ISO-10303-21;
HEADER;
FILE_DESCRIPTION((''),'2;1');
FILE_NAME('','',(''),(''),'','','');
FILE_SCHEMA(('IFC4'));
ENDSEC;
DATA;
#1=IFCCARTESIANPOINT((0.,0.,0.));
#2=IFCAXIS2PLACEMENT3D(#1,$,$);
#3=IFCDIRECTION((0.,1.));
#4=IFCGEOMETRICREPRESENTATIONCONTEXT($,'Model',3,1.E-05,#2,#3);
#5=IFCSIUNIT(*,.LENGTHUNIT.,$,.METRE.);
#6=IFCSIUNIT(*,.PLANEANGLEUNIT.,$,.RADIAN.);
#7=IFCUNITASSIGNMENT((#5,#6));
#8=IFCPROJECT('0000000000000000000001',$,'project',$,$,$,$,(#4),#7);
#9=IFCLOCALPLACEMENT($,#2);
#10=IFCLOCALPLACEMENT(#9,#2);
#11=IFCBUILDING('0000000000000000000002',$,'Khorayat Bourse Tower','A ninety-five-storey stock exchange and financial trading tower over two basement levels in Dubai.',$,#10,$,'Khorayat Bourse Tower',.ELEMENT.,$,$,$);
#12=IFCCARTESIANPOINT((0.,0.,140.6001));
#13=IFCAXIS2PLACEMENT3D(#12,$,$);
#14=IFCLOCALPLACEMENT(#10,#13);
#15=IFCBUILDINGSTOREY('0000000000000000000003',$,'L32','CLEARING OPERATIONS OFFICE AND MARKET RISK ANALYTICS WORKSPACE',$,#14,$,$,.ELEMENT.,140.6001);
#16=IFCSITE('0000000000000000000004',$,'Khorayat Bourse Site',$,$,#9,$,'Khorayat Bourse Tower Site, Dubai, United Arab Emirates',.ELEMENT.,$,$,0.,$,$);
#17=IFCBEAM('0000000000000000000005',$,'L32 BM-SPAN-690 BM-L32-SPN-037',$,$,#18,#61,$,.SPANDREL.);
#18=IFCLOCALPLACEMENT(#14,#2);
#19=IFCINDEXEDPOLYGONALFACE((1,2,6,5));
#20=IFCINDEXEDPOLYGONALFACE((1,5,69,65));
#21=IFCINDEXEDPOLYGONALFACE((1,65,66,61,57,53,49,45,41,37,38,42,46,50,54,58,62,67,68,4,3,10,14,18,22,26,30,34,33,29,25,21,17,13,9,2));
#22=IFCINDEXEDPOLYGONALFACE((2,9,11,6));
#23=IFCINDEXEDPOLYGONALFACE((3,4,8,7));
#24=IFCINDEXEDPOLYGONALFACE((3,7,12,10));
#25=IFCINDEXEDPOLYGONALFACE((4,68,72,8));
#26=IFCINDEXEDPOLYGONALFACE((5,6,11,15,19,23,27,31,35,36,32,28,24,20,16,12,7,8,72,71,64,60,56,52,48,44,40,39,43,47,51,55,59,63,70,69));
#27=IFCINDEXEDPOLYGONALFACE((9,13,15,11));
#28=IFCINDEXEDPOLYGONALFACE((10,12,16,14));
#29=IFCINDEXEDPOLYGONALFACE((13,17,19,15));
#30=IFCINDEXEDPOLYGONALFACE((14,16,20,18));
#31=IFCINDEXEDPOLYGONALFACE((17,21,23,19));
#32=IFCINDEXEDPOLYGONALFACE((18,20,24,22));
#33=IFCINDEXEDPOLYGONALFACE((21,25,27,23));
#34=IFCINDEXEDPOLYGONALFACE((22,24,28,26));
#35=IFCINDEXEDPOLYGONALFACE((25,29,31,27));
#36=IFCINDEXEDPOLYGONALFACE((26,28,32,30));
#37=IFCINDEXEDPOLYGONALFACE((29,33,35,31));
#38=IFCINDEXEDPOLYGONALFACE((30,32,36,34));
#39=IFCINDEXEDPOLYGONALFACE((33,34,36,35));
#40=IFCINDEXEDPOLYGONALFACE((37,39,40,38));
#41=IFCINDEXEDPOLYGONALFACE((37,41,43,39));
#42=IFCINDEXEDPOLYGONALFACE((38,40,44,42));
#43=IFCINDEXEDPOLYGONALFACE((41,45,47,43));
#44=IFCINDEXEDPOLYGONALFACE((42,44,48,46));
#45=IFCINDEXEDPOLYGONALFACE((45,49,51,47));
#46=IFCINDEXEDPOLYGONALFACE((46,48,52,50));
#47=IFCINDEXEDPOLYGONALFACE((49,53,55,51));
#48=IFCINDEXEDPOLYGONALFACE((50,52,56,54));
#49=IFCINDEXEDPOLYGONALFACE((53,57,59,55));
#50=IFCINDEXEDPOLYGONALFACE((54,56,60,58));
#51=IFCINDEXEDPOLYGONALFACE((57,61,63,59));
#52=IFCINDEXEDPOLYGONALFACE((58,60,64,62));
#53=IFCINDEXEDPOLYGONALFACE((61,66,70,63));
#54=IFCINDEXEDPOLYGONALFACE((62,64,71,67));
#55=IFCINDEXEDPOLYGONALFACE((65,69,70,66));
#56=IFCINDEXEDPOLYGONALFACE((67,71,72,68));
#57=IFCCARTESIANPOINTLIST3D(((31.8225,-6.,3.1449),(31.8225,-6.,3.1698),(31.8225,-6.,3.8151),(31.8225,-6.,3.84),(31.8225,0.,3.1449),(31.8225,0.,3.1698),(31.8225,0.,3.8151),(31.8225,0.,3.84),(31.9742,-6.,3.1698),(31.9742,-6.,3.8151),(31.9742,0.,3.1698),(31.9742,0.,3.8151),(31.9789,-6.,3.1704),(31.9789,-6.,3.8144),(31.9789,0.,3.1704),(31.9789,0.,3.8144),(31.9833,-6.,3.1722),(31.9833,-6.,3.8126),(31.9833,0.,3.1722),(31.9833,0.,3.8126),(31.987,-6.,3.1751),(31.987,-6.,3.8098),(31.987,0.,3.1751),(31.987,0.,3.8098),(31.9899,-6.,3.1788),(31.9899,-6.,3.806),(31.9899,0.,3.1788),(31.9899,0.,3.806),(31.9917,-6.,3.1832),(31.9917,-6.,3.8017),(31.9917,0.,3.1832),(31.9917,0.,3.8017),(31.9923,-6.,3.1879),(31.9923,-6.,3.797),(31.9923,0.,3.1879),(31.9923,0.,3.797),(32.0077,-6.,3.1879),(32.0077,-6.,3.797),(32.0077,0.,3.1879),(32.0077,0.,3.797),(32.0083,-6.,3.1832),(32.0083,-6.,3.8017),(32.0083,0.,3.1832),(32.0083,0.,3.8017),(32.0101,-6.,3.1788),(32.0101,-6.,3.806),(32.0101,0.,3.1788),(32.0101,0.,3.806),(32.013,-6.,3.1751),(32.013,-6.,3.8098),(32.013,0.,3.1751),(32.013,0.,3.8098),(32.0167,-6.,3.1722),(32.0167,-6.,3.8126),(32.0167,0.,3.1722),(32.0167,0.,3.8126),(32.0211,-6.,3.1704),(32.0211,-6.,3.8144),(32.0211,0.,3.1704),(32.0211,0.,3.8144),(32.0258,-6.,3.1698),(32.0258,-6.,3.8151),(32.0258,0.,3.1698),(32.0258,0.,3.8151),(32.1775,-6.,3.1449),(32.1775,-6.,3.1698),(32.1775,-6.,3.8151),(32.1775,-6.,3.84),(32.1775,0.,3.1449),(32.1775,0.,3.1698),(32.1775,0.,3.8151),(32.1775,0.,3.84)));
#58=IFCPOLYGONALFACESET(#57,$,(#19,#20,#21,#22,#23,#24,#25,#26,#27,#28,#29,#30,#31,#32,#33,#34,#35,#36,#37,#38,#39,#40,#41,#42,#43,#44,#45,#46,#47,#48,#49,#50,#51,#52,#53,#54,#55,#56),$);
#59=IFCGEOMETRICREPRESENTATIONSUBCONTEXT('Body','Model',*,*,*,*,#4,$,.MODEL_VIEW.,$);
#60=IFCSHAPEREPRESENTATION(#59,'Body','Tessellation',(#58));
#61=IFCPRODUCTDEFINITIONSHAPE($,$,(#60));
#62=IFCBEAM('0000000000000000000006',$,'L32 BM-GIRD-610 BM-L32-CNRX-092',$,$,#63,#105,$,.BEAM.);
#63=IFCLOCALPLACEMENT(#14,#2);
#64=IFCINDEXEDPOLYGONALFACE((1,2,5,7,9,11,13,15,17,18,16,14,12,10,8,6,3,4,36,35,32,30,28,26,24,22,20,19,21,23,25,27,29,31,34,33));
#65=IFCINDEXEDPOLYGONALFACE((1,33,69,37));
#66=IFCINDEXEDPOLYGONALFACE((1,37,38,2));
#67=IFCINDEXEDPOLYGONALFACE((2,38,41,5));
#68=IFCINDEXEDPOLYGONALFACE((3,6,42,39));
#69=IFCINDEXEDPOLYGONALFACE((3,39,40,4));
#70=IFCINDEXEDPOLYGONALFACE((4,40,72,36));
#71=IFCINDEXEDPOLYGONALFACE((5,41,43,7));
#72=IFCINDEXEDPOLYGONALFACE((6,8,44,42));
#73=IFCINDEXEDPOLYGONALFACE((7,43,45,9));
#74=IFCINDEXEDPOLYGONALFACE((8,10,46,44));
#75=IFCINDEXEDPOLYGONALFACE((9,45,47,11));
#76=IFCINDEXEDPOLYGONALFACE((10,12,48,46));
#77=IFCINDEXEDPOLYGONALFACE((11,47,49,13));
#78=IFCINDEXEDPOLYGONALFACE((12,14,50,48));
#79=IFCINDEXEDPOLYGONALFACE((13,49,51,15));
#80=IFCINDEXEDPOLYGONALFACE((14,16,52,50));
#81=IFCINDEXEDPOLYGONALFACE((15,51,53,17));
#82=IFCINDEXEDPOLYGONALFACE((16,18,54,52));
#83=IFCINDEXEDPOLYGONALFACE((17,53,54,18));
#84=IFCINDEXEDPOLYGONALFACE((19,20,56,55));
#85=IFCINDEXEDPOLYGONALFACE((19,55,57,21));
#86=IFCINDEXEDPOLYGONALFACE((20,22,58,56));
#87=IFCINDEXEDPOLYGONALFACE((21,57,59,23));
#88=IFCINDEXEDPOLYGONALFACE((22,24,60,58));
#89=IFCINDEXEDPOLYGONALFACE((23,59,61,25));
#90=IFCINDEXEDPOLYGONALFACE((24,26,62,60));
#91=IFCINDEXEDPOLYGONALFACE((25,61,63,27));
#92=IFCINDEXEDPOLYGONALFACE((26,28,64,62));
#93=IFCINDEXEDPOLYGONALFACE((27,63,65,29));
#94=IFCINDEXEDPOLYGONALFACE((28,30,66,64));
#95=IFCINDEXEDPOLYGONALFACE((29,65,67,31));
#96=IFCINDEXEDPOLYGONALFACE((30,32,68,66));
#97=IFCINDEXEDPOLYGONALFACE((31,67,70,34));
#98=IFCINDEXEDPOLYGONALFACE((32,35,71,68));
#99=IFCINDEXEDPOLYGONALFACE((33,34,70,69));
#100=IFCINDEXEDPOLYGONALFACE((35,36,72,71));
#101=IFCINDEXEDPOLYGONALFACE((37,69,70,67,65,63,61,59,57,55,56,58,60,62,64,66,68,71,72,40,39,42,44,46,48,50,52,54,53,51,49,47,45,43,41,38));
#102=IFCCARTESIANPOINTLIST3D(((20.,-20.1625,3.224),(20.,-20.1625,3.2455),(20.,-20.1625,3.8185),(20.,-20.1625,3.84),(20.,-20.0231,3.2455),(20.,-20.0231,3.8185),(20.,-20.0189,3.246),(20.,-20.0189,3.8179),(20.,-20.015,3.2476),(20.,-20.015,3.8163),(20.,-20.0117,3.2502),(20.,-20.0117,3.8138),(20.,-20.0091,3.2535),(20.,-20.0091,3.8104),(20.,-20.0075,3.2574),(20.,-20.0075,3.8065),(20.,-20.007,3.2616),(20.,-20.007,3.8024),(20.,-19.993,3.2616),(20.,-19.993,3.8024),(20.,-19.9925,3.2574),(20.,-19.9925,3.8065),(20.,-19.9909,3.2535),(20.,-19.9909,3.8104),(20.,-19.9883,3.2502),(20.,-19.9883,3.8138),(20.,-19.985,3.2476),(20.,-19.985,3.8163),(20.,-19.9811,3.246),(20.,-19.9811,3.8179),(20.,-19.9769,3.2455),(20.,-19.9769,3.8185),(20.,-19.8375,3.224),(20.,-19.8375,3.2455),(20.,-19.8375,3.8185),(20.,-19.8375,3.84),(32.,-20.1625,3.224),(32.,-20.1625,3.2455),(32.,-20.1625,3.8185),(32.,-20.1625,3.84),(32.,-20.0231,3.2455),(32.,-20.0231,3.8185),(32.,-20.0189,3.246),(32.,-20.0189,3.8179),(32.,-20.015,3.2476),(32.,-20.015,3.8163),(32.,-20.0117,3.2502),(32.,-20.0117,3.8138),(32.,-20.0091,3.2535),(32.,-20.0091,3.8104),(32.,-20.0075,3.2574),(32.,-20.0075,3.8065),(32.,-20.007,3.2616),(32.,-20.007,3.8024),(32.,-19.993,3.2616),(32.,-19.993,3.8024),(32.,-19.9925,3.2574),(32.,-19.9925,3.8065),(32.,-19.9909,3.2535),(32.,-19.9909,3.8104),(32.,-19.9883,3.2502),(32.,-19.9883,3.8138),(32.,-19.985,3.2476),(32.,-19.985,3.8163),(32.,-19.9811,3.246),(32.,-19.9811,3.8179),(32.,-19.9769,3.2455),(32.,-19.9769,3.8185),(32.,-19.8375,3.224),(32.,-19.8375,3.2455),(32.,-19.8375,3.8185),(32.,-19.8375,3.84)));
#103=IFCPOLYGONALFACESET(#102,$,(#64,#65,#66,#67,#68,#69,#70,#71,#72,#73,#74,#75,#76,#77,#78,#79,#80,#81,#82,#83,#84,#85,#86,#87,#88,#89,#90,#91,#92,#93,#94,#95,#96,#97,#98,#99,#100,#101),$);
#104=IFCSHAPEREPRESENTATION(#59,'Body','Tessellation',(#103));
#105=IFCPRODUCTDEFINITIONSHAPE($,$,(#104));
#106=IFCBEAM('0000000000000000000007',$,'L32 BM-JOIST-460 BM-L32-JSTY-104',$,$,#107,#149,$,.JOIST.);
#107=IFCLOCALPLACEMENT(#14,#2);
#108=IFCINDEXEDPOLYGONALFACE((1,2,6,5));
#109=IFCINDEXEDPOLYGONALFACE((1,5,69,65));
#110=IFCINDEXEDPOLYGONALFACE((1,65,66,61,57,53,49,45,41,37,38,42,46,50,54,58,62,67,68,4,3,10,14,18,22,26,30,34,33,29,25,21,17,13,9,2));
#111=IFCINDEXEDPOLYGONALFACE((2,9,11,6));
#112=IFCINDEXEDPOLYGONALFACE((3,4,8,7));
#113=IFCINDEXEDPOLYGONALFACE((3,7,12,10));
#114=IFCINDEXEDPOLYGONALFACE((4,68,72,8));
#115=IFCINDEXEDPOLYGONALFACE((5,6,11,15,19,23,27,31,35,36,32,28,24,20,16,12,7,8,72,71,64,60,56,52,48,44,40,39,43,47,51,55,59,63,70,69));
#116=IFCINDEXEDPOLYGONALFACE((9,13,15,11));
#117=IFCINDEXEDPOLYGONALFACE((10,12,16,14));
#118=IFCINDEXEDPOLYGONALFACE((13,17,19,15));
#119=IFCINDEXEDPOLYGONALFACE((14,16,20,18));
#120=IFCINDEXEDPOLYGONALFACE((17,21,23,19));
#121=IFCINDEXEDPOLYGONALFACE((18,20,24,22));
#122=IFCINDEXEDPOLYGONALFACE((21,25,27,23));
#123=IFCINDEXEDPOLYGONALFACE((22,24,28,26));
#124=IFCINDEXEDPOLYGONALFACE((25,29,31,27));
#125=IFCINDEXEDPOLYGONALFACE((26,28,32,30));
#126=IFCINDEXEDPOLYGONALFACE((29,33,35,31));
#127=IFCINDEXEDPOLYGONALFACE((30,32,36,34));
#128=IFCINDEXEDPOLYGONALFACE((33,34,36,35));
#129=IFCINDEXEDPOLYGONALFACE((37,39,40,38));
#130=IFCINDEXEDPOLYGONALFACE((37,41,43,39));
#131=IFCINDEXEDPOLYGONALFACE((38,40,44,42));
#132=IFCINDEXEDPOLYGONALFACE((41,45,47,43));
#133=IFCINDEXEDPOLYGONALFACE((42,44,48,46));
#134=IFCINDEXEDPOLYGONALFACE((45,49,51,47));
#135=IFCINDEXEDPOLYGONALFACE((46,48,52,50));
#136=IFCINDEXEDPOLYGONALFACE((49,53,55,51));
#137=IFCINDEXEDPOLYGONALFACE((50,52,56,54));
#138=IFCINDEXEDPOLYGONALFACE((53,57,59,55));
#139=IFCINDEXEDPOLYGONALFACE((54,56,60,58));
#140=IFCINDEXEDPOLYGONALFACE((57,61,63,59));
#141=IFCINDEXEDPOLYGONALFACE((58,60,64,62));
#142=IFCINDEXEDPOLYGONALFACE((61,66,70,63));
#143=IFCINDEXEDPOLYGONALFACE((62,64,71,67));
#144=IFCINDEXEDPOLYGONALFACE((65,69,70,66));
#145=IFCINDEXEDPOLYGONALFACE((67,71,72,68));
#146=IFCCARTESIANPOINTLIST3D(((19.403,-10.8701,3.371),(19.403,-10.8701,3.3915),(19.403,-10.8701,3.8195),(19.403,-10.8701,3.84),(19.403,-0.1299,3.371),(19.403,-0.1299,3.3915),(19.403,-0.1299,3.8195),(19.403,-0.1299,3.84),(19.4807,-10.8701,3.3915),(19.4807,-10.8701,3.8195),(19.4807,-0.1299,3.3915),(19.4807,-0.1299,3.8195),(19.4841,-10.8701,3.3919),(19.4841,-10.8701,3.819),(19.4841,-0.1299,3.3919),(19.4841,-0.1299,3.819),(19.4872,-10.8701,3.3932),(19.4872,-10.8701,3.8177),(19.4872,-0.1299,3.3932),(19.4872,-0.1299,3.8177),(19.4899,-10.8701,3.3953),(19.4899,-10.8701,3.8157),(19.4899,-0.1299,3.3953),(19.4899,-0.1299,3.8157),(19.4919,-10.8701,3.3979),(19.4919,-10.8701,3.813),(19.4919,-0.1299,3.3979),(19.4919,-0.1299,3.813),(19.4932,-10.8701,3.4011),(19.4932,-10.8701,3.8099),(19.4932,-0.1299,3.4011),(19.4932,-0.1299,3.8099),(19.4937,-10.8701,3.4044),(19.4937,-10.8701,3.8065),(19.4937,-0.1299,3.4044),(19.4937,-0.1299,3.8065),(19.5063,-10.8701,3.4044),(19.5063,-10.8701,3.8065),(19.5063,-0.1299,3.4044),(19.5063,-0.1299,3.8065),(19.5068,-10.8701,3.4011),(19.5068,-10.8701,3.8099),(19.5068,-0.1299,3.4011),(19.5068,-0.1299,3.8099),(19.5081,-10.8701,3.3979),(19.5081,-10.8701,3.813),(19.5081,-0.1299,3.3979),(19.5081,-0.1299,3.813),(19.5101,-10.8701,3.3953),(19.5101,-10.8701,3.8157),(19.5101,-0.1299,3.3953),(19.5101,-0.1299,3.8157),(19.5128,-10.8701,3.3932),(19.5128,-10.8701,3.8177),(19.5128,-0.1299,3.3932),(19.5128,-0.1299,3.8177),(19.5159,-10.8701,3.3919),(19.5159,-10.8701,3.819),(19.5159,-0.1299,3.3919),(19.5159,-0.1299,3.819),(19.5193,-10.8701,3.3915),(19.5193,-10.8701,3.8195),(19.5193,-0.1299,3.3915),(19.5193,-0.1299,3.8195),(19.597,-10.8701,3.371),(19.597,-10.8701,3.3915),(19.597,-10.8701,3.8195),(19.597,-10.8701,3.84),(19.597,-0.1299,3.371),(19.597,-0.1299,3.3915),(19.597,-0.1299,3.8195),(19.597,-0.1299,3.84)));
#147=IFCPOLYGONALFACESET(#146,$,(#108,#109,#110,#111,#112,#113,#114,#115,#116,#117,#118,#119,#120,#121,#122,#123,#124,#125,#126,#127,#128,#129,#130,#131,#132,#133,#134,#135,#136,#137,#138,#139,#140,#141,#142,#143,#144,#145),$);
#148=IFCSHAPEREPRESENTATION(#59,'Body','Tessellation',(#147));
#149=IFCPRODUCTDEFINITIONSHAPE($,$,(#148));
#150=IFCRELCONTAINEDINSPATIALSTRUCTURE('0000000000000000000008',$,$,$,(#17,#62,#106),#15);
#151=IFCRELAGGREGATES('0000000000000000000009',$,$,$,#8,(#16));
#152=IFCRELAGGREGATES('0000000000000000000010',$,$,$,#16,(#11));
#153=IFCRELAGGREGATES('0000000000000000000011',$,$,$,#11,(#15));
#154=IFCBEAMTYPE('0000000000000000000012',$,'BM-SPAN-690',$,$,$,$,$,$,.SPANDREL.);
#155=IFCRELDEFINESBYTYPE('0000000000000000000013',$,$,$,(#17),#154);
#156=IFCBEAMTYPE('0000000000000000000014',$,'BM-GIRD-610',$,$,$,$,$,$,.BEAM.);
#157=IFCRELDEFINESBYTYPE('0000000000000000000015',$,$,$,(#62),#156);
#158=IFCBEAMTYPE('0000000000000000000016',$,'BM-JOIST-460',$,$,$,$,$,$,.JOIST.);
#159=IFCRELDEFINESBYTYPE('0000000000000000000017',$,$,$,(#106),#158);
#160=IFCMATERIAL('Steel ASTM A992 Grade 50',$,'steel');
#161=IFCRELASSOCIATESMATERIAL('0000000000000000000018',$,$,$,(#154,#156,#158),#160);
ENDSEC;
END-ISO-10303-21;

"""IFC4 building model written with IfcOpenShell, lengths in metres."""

from ifc_helpers import new_model, si_unit, direction, frame, origin, origin_2d, place, context, subcontext, project, spatial, i_section, extrude, source, transform, mapped, material, material_profile, profile_set, type_object, element, save


model = new_model("IFC4")

# Units and contexts
model_context = context("Model", 3, precision=1e-05, world=origin(), true_north=direction((0.0, 1.0)))
body_context = subcontext(model_context, "Body", "Model", "MODEL_VIEW")
ifc_project = project(units=[si_unit("LENGTHUNIT", "METRE"), si_unit("PLANEANGLEUNIT", "RADIAN")], contexts=[model_context])

# Site, building, storey
site_placement = place(None, origin())
site = spatial("IfcSite", under=ifc_project, at=site_placement, Name="Khorayat Bourse Site", LongName="Khorayat Bourse Tower Site, Dubai, United Arab Emirates", CompositionType="ELEMENT", RefElevation=0.0)
building_placement = place(site_placement, origin())
building = spatial("IfcBuilding", under=site, at=building_placement, Name="Khorayat Bourse Tower", Description="A ninety-five-storey stock exchange and financial trading tower over two basement levels in Dubai.", LongName="Khorayat Bourse Tower", CompositionType="ELEMENT")
storey_placement = place(building_placement, frame((0.0, 0.0, 140.6001)))
storey = spatial("IfcBuildingStorey", under=building, at=storey_placement, Name="L32", Description="CLEARING OPERATIONS OFFICE AND MARKET RISK ANALYTICS WORKSPACE", CompositionType="ELEMENT", Elevation=140.6001)

# Beams
ifc_material_1 = material(Name="Steel ASTM A992 Grade 50", Category="steel")
ifc_material_profile_1 = material_profile(ifc_material_1, i_section(OverallWidth=0.355, OverallDepth=0.6951, WebThickness=0.0154, FlangeThickness=0.0249, FilletRadius=0.0181, at=origin_2d()), Name="W690X217")
ifc_profile_set_1 = profile_set([ifc_material_profile_1], Name="Steel ASTM A992 Grade 50")
beam_type_1 = type_object("IfcBeamType", Name="BM-SPAN-690", PredefinedType="SPANDREL", material=ifc_profile_set_1)
shared_shape_1 = source(origin(), body_context, "Body", "SweptSolid", [
    extrude(i_section(OverallWidth=0.355, OverallDepth=0.6951, WebThickness=0.0154, FlangeThickness=0.0249, FilletRadius=0.0181, at=origin_2d()), origin(), (0.0, 0.0, 1.0), 6.0),
])
beam_1_placement = place(storey_placement, frame((32.0, -6.0, 3.4924), z_axis=(0.0, 1.0, 0.0), x_axis=(-1.0, 0.0, 0.0)))
element("IfcBeam", 1, at=beam_1_placement, inside=storey, type_object=beam_type_1, Name="L32 BM-SPAN-690 BM-L32-SPN-037", PredefinedType="SPANDREL", context=body_context, shape_type="MappedRepresentation", body=[
    mapped(shared_shape_1, transform((0.0, 0.0, 0.0), scale=1.0)),
])
ifc_material_profile_2 = material_profile(ifc_material_1, i_section(OverallWidth=0.325, OverallDepth=0.616, WebThickness=0.0139, FlangeThickness=0.0215, FilletRadius=0.0161, at=origin_2d()), Name="W610X174")
ifc_profile_set_2 = profile_set([ifc_material_profile_2], Name="Steel ASTM A992 Grade 50")
beam_type_2 = type_object("IfcBeamType", Name="BM-GIRD-610", PredefinedType="BEAM", material=ifc_profile_set_2)
shared_shape_2 = source(origin(), body_context, "Body", "SweptSolid", [
    extrude(i_section(OverallWidth=0.325, OverallDepth=0.616, WebThickness=0.0139, FlangeThickness=0.0215, FilletRadius=0.0161, at=origin_2d()), origin(), (0.0, 0.0, 1.0), 12.0),
])
beam_2_placement = place(storey_placement, frame((20.0, -20.0, 3.532), z_axis=(1.0, 0.0, 0.0), x_axis=(0.0, 1.0, 0.0)))
element("IfcBeam", 2, at=beam_2_placement, inside=storey, type_object=beam_type_2, Name="L32 BM-GIRD-610 BM-L32-CNRX-092", PredefinedType="BEAM", context=body_context, shape_type="MappedRepresentation", body=[
    mapped(shared_shape_2, transform((0.0, 0.0, 0.0), scale=1.0)),
])
ifc_material_profile_3 = material_profile(ifc_material_1, i_section(OverallWidth=0.1941, OverallDepth=0.469, WebThickness=0.0127, FlangeThickness=0.0205, FilletRadius=0.0129, at=origin_2d()), Name="W460X106")
ifc_profile_set_3 = profile_set([ifc_material_profile_3], Name="Steel ASTM A992 Grade 50")
beam_type_3 = type_object("IfcBeamType", Name="BM-JOIST-460", PredefinedType="JOIST", material=ifc_profile_set_3)
shared_shape_3 = source(origin(), body_context, "Body", "SweptSolid", [
    extrude(i_section(OverallWidth=0.1941, OverallDepth=0.469, WebThickness=0.0127, FlangeThickness=0.0205, FilletRadius=0.0129, at=origin_2d()), origin(), (0.0, 0.0, 1.0), 10.7402),
])
beam_3_placement = place(storey_placement, frame((19.5, -10.8701, 3.6055), z_axis=(0.0, 1.0, 0.0), x_axis=(-1.0, 0.0, 0.0)))
element("IfcBeam", 3, at=beam_3_placement, inside=storey, type_object=beam_type_3, Name="L32 BM-JOIST-460 BM-L32-JSTY-104", PredefinedType="JOIST", context=body_context, shape_type="MappedRepresentation", body=[
    mapped(shared_shape_3, transform((0.0, 0.0, 0.0), scale=1.0)),
])

save(model, "model.ifc")
